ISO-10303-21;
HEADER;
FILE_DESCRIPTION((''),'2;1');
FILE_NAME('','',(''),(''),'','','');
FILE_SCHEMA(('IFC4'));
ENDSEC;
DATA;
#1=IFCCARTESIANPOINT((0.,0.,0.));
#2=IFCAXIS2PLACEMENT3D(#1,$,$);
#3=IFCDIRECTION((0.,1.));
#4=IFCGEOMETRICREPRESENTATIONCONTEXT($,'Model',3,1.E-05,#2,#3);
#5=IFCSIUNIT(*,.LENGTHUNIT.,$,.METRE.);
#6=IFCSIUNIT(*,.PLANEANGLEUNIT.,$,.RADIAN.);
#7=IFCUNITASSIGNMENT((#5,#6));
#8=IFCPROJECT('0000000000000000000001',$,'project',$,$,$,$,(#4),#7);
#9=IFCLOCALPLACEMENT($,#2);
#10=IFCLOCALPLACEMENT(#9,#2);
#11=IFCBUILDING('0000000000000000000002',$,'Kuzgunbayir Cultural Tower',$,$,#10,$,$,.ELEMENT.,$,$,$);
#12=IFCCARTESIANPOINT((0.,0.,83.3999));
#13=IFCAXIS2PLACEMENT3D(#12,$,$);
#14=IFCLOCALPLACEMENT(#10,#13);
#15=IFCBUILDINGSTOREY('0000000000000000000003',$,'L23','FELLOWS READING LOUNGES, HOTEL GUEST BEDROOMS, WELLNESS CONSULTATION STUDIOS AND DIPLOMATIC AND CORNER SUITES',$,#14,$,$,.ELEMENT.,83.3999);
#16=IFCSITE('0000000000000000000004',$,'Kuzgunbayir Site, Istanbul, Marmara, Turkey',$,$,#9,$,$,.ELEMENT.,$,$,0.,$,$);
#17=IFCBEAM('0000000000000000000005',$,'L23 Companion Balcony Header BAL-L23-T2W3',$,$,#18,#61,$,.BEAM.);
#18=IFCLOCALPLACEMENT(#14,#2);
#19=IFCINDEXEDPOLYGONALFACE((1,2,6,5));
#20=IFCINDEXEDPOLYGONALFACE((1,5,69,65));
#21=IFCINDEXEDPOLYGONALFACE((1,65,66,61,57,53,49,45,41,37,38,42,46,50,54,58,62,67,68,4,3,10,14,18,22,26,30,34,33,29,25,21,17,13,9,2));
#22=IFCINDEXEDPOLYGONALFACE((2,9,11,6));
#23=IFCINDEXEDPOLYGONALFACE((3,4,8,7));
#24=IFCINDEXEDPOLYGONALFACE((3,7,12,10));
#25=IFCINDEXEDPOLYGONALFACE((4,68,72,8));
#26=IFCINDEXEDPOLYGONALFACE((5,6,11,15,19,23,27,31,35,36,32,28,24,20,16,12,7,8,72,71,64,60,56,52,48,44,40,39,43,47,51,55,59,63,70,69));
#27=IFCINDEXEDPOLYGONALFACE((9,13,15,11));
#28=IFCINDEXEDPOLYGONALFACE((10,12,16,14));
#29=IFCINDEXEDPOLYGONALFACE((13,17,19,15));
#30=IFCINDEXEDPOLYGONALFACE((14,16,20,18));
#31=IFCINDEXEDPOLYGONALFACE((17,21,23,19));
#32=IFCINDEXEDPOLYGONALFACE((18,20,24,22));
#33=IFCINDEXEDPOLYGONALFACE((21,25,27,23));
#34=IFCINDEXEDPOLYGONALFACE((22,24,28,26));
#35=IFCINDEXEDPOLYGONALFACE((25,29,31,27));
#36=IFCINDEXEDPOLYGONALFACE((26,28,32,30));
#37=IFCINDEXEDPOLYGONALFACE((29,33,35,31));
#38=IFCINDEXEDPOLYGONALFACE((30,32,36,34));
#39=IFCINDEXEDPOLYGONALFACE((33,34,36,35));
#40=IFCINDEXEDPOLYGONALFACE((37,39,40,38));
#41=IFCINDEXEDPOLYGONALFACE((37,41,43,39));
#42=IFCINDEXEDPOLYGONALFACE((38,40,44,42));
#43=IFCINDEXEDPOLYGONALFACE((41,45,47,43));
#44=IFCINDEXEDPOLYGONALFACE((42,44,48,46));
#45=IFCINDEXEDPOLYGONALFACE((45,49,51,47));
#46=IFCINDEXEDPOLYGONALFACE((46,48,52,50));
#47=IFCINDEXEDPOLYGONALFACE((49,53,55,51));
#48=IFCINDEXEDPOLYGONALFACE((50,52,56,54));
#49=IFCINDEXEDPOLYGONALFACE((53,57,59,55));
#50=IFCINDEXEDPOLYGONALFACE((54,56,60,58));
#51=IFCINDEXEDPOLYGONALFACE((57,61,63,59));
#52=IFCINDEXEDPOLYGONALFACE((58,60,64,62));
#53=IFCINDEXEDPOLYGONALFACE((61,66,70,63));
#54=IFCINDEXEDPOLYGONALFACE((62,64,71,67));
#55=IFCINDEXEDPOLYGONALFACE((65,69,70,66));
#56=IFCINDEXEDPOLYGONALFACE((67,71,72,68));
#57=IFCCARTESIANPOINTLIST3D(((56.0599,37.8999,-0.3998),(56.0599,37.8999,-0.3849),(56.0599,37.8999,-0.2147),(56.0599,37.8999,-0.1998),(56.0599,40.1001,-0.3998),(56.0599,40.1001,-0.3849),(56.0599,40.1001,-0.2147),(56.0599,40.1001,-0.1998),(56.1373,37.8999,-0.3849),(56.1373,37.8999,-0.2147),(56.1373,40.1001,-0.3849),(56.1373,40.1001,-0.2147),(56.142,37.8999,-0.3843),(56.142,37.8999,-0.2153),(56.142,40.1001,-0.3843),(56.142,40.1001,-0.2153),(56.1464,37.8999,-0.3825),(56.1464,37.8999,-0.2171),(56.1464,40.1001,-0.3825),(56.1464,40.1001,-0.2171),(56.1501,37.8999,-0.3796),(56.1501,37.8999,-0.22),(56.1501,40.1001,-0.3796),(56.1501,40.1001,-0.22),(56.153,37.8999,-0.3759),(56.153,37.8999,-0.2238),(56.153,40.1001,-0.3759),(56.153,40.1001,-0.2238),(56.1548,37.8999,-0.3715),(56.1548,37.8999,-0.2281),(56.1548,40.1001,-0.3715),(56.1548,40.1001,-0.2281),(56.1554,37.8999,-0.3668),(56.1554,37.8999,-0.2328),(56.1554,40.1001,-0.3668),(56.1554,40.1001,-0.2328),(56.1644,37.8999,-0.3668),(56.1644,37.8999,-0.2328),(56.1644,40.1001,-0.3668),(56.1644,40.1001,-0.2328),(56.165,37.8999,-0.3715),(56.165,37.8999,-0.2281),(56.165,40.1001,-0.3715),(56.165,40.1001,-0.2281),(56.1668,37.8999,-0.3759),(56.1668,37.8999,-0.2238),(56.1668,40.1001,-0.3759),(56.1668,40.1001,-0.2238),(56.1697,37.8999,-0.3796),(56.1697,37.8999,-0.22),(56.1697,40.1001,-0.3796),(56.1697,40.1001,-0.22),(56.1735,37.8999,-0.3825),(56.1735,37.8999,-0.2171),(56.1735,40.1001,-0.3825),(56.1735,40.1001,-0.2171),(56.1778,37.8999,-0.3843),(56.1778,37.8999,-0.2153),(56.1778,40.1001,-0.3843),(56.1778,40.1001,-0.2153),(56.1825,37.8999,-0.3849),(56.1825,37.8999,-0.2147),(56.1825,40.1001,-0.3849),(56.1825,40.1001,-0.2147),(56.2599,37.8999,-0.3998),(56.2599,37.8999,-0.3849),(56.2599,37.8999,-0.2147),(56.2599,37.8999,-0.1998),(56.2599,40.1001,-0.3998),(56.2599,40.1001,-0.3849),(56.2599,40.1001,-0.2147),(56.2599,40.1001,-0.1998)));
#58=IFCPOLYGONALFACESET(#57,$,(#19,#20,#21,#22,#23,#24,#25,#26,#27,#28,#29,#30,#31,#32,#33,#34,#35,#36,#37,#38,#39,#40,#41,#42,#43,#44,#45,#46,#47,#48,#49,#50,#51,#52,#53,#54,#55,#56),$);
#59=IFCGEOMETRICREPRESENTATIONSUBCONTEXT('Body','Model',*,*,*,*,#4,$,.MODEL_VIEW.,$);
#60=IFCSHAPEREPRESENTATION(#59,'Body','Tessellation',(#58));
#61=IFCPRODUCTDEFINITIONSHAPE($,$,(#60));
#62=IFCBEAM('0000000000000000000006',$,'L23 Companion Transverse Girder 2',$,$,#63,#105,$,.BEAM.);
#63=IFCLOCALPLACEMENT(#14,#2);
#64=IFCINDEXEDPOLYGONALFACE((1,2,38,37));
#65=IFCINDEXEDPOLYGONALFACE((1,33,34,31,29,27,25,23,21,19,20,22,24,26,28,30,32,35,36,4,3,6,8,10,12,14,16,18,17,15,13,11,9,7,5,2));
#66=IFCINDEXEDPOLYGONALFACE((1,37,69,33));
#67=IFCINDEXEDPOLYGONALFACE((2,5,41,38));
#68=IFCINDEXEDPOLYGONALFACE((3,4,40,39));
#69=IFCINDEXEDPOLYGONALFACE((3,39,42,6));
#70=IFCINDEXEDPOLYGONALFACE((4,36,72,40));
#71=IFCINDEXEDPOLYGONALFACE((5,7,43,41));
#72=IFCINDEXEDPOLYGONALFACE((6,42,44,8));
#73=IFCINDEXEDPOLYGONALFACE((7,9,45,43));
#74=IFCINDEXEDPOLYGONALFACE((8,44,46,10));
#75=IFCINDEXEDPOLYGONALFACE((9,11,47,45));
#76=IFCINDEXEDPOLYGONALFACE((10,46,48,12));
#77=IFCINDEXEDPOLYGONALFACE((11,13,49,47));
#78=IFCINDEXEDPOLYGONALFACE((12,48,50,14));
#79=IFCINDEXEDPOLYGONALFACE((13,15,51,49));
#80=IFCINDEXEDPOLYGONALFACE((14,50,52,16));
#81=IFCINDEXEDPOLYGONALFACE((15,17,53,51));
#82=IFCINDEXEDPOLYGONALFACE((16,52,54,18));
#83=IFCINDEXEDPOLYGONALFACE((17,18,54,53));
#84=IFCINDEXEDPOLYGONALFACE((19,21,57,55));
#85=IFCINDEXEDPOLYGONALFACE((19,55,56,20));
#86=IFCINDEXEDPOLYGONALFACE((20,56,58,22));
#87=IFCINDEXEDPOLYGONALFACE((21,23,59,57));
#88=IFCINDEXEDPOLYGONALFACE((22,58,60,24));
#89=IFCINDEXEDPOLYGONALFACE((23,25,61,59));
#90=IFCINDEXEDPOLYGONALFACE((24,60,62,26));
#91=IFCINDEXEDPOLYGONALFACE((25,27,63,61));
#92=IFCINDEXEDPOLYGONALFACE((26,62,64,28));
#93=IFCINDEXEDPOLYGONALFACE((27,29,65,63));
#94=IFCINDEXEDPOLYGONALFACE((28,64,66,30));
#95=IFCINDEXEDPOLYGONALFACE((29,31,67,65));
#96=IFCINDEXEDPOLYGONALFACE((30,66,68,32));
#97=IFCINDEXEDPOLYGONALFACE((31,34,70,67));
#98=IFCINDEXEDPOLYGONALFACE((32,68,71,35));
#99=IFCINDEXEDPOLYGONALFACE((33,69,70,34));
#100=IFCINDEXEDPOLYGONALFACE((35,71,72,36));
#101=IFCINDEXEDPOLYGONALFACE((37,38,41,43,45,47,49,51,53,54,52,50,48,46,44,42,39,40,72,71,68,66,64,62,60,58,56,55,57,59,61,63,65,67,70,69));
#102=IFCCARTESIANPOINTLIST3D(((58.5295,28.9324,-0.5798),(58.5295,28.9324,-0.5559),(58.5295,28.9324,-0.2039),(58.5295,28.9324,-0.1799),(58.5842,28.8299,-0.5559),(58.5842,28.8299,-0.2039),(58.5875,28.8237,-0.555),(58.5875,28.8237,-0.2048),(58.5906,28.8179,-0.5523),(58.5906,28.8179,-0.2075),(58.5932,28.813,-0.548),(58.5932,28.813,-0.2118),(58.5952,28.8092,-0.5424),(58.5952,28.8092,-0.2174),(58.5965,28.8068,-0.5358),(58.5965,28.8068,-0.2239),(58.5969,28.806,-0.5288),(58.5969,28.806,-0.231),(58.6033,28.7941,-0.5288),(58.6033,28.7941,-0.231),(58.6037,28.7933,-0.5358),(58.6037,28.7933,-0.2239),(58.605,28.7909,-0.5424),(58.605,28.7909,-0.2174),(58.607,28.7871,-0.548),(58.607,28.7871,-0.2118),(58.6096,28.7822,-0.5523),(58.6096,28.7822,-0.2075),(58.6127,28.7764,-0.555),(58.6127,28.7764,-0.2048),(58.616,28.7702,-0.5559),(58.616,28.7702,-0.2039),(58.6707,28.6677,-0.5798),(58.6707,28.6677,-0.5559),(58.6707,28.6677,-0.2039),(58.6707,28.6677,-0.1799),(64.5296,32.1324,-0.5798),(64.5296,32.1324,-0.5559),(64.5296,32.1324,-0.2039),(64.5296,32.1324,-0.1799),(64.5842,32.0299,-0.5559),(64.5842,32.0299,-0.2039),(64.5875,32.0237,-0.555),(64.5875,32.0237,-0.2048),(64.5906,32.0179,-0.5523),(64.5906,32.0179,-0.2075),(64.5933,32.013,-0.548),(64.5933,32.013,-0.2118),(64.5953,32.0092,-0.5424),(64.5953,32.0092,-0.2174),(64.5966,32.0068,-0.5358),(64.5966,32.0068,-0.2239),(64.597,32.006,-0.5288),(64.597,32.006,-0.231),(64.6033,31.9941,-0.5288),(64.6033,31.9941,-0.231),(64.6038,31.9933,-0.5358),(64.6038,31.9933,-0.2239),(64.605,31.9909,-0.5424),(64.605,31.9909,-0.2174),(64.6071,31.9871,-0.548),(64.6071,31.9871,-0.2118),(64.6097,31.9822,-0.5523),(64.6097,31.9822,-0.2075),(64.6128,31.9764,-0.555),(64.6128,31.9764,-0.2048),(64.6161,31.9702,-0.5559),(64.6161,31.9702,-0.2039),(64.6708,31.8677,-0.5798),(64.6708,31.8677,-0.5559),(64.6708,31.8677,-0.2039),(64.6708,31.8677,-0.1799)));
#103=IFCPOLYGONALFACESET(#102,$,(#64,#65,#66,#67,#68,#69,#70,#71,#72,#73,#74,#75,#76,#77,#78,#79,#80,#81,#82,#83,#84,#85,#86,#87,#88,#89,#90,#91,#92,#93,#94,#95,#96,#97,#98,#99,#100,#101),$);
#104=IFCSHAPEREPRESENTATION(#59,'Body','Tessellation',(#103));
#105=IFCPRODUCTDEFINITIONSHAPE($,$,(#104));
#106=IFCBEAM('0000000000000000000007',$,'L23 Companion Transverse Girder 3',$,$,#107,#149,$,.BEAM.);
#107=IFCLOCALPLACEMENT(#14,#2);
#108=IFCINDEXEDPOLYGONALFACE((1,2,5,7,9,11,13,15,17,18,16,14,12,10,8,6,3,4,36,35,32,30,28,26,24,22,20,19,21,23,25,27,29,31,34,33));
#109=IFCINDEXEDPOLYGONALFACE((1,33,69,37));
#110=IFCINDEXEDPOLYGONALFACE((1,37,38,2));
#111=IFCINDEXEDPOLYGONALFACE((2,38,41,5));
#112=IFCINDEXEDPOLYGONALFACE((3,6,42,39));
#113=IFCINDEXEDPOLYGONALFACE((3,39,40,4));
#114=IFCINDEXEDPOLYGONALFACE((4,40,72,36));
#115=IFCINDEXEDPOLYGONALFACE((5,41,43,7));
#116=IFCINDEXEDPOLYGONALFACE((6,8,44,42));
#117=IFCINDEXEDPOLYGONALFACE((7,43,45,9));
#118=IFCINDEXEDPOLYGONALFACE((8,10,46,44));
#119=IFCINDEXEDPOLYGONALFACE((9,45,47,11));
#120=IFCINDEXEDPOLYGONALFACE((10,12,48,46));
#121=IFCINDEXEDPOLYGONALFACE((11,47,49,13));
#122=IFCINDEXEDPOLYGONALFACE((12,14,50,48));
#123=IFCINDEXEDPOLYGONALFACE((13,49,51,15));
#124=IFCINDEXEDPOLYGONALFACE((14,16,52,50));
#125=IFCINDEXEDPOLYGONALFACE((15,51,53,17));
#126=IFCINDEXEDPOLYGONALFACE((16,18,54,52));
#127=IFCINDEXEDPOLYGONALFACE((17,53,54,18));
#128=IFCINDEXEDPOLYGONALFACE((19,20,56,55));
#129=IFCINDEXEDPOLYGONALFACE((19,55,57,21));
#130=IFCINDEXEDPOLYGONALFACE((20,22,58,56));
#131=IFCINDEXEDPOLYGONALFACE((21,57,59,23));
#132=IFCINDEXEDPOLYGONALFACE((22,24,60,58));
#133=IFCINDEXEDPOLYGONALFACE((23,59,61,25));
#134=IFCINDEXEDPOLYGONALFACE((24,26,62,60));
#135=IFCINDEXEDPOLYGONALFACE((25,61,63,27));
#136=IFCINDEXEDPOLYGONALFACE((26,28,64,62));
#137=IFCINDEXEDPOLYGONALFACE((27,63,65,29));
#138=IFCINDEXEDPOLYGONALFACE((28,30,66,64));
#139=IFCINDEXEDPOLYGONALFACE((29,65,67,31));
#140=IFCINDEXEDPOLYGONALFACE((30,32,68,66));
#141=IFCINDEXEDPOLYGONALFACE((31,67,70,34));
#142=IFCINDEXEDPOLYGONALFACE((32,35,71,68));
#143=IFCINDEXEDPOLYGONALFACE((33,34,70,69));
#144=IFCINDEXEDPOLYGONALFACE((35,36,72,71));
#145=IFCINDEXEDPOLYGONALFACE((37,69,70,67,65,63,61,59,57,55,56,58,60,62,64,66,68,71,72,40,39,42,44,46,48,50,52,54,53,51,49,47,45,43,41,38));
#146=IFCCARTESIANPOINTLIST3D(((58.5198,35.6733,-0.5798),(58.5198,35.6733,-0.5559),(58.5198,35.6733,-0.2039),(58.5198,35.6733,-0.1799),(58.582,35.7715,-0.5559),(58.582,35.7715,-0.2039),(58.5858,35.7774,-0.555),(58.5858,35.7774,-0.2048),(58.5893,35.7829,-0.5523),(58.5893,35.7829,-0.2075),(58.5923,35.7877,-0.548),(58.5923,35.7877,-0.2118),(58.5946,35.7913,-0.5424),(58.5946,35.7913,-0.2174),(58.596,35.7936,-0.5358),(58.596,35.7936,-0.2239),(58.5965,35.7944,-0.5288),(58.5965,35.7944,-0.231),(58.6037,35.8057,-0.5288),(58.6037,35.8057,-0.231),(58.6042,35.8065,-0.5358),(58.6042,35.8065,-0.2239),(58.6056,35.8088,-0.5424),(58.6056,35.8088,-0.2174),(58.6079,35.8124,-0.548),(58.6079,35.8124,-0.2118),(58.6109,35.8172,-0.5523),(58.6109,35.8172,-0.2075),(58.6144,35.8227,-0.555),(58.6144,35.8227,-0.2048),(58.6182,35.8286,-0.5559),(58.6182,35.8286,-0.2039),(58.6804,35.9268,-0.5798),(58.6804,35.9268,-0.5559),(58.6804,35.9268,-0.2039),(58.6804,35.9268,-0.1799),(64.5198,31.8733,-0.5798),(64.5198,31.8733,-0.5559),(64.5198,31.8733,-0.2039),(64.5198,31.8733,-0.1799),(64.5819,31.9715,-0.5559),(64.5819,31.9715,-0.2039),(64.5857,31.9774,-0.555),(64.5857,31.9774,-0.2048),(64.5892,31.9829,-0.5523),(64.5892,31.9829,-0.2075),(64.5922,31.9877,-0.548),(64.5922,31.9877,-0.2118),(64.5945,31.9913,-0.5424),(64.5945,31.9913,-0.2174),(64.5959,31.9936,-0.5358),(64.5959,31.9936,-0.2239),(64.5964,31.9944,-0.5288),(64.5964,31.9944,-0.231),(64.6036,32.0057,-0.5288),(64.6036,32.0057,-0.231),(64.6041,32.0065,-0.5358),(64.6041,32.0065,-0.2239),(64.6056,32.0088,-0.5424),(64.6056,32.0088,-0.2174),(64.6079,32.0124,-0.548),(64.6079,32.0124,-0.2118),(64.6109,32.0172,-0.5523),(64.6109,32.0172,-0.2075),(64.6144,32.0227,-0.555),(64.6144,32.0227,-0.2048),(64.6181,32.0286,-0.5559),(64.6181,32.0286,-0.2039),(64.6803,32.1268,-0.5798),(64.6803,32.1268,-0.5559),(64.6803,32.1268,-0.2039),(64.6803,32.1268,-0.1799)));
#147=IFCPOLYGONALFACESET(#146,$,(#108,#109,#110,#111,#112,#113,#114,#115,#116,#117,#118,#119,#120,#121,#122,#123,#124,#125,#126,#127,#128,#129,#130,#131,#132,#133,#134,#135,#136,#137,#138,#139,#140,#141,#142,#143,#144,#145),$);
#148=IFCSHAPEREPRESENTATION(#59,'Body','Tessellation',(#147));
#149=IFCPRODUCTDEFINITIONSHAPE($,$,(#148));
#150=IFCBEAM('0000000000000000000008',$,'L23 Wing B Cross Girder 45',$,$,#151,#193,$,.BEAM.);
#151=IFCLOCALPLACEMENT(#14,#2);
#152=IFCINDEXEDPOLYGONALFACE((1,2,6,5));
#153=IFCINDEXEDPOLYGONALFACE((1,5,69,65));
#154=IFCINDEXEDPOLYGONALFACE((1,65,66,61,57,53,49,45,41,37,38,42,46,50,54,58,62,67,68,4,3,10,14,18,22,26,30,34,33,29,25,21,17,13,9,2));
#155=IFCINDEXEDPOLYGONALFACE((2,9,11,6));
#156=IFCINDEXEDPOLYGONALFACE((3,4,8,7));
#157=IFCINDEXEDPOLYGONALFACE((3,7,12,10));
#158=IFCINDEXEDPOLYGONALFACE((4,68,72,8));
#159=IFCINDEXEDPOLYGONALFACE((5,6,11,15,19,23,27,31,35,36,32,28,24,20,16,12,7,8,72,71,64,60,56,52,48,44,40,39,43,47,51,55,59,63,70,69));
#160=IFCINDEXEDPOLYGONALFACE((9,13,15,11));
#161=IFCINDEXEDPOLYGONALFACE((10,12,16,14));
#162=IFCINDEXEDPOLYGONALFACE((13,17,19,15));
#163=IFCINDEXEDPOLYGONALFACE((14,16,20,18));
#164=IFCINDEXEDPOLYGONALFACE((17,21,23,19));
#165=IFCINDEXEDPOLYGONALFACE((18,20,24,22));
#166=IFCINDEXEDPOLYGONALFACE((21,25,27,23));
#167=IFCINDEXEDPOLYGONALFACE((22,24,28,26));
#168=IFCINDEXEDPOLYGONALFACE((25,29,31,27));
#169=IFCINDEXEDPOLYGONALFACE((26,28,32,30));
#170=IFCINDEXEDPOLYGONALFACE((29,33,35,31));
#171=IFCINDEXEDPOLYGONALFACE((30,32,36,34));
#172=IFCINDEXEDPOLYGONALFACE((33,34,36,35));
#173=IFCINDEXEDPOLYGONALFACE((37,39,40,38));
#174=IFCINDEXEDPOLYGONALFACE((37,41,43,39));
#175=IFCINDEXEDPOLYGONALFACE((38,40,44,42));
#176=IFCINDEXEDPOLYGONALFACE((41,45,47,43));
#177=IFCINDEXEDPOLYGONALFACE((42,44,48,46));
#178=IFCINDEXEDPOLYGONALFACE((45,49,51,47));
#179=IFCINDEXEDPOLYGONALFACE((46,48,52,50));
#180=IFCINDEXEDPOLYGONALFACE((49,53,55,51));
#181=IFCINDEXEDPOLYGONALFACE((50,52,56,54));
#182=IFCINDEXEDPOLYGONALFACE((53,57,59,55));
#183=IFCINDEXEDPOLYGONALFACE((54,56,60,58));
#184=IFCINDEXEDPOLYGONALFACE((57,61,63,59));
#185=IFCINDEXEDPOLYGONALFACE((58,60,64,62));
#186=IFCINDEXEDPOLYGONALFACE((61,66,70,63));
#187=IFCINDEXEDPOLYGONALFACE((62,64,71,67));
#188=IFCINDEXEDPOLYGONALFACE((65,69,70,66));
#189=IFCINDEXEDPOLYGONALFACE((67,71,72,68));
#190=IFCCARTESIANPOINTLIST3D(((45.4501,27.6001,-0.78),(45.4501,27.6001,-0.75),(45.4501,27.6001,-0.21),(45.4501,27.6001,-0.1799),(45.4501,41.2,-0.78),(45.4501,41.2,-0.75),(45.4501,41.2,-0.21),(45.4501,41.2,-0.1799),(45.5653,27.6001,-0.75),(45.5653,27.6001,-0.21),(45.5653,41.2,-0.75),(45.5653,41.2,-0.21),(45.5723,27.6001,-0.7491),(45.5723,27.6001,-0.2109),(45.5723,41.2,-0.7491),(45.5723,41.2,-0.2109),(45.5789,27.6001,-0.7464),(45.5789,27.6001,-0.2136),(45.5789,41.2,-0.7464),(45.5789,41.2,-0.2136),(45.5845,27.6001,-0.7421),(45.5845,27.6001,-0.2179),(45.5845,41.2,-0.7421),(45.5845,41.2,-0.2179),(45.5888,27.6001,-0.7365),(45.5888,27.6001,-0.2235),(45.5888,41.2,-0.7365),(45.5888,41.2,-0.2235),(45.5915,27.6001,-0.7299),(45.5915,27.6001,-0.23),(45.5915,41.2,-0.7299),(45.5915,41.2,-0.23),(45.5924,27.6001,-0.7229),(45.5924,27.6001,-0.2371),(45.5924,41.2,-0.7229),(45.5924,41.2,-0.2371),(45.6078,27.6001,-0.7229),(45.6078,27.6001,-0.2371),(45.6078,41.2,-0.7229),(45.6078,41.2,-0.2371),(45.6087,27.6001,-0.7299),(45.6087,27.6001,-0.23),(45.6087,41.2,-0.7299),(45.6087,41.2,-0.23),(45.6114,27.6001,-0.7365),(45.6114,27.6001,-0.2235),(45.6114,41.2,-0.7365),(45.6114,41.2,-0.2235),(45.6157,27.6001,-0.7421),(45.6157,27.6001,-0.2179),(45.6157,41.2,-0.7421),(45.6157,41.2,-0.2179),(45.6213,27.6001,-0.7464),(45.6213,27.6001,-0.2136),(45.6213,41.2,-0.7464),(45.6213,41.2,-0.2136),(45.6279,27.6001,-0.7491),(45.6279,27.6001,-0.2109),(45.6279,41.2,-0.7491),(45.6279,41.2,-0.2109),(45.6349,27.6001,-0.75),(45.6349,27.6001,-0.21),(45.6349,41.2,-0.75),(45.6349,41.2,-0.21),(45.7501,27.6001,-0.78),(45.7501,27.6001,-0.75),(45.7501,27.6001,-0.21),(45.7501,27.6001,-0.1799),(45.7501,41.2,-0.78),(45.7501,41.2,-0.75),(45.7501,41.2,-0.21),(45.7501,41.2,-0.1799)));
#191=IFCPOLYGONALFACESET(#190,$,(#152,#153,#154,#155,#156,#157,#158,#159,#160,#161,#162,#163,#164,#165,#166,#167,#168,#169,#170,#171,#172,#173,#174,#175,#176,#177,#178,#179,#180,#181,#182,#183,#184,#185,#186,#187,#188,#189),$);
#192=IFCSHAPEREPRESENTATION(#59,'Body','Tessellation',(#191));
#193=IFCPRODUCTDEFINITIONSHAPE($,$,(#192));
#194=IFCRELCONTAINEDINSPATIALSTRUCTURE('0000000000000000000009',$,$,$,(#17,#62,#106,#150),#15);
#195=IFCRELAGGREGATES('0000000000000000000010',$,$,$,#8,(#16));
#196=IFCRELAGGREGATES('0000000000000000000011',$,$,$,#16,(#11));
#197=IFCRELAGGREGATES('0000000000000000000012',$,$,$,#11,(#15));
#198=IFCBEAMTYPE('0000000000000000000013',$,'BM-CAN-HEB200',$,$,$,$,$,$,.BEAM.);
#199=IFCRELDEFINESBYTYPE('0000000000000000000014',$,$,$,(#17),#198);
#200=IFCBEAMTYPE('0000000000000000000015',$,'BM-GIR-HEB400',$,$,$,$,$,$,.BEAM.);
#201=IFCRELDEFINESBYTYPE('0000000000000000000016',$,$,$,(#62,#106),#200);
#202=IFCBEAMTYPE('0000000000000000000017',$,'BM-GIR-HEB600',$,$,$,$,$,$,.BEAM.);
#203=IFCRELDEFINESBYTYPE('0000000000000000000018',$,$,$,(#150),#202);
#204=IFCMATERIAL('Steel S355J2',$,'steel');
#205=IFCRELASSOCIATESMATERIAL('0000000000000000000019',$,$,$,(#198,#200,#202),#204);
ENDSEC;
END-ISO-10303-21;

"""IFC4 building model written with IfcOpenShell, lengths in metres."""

from ifc_helpers import new_model, si_unit, direction, frame, origin, origin_2d, place, context, subcontext, project, spatial, i_section, extrude, material, material_profile, profile_set, type_object, element, save


model = new_model("IFC4")

# Units and contexts
model_context = context("Model", 3, precision=1e-05, world=origin(), true_north=direction((0.0, 1.0)))
body_context = subcontext(model_context, "Body", "Model", "MODEL_VIEW")
ifc_project = project(units=[si_unit("LENGTHUNIT", "METRE"), si_unit("PLANEANGLEUNIT", "RADIAN")], contexts=[model_context])

# Site, building, storey
site_placement = place(None, origin())
site = spatial("IfcSite", under=ifc_project, at=site_placement, Name="Kuzgunbayir Site, Istanbul, Marmara, Turkey", CompositionType="ELEMENT", RefElevation=0.0)
building_placement = place(site_placement, origin())
building = spatial("IfcBuilding", under=site, at=building_placement, Name="Kuzgunbayir Cultural Tower", CompositionType="ELEMENT")
storey_placement = place(building_placement, frame((0.0, 0.0, 83.3999)))
storey = spatial("IfcBuildingStorey", under=building, at=storey_placement, Name="L23", Description="FELLOWS READING LOUNGES, HOTEL GUEST BEDROOMS, WELLNESS CONSULTATION STUDIOS AND DIPLOMATIC AND CORNER SUITES", CompositionType="ELEMENT", Elevation=83.3999)

# Beams
ifc_material_1 = material(Name="Steel S355J2", Category="steel")
ifc_material_profile_1 = material_profile(ifc_material_1, i_section(OverallWidth=0.2, OverallDepth=0.2, WebThickness=0.009, FlangeThickness=0.0149, FilletRadius=0.0181, at=origin_2d()), Name="HEB 200")
ifc_profile_set_1 = profile_set([ifc_material_profile_1], Name="Steel S355J2")
beam_type_1 = type_object("IfcBeamType", Name="BM-CAN-HEB200", PredefinedType="BEAM", material=ifc_profile_set_1)
beam_1_placement = place(storey_placement, frame((56.1599, 37.8999, -0.2998), z_axis=(0.0, 1.0, 0.0), x_axis=(-1.0, 0.0, 0.0)))
element("IfcBeam", 1, at=beam_1_placement, inside=storey, type_object=beam_type_1, Name="L23 Companion Balcony Header BAL-L23-T2W3", PredefinedType="BEAM", context=body_context, shape_type="SweptSolid", body=[
    extrude(i_section(OverallWidth=0.2, OverallDepth=0.2, WebThickness=0.009, FlangeThickness=0.0149, FilletRadius=0.0181, at=origin_2d()), origin(), (0.0, 0.0, 1.0), 2.2002),
])
ifc_material_profile_2 = material_profile(ifc_material_1, i_section(OverallWidth=0.3, OverallDepth=0.3999, WebThickness=0.0134, FlangeThickness=0.0239, FilletRadius=0.0271, at=origin_2d()), Name="HEB 400")
ifc_profile_set_2 = profile_set([ifc_material_profile_2], Name="Steel S355J2")
beam_type_2 = type_object("IfcBeamType", Name="BM-GIR-HEB400", PredefinedType="BEAM", material=ifc_profile_set_2)
beam_2_placement = place(storey_placement, frame((58.6001, 28.8, -0.3799), z_axis=(0.882356, 0.470583, 0.0), x_axis=(-0.470583, 0.882356, 0.0)))
element("IfcBeam", 2, at=beam_2_placement, inside=storey, type_object=beam_type_2, Name="L23 Companion Transverse Girder 2", PredefinedType="BEAM", context=body_context, shape_type="SweptSolid", body=[
    extrude(i_section(OverallWidth=0.3, OverallDepth=0.3999, WebThickness=0.0134, FlangeThickness=0.0239, FilletRadius=0.0271, at=origin_2d()), origin(), (0.0, 0.0, 1.0), 6.8),
])
beam_3_placement = place(storey_placement, frame((58.6001, 35.8, -0.3799), z_axis=(0.844816, -0.535057, 0.0), x_axis=(0.535057, 0.844816, 0.0)))
element("IfcBeam", 3, at=beam_3_placement, inside=storey, type_object=beam_type_2, Name="L23 Companion Transverse Girder 3", PredefinedType="BEAM", context=body_context, shape_type="SweptSolid", body=[
    extrude(i_section(OverallWidth=0.3, OverallDepth=0.3999, WebThickness=0.0134, FlangeThickness=0.0239, FilletRadius=0.0271, at=origin_2d()), origin(), (0.0, 0.0, 1.0), 7.1021),
])
ifc_material_profile_3 = material_profile(ifc_material_1, i_section(OverallWidth=0.3, OverallDepth=0.6001, WebThickness=0.0154, FlangeThickness=0.03, FilletRadius=0.0271, at=origin_2d()), Name="HEB 600")
ifc_profile_set_3 = profile_set([ifc_material_profile_3], Name="Steel S355J2")
beam_type_3 = type_object("IfcBeamType", Name="BM-GIR-HEB600", PredefinedType="BEAM", material=ifc_profile_set_3)
beam_4_placement = place(storey_placement, frame((45.6001, 27.6001, -0.48), z_axis=(0.0, 1.0, 0.0), x_axis=(-1.0, 0.0, 0.0)))
element("IfcBeam", 4, at=beam_4_placement, inside=storey, type_object=beam_type_3, Name="L23 Wing B Cross Girder 45", PredefinedType="BEAM", context=body_context, shape_type="SweptSolid", body=[
    extrude(i_section(OverallWidth=0.3, OverallDepth=0.6001, WebThickness=0.0154, FlangeThickness=0.03, FilletRadius=0.0271, at=origin_2d()), origin(), (0.0, 0.0, 1.0), 13.5999),
])

save(model, "model.ifc")
